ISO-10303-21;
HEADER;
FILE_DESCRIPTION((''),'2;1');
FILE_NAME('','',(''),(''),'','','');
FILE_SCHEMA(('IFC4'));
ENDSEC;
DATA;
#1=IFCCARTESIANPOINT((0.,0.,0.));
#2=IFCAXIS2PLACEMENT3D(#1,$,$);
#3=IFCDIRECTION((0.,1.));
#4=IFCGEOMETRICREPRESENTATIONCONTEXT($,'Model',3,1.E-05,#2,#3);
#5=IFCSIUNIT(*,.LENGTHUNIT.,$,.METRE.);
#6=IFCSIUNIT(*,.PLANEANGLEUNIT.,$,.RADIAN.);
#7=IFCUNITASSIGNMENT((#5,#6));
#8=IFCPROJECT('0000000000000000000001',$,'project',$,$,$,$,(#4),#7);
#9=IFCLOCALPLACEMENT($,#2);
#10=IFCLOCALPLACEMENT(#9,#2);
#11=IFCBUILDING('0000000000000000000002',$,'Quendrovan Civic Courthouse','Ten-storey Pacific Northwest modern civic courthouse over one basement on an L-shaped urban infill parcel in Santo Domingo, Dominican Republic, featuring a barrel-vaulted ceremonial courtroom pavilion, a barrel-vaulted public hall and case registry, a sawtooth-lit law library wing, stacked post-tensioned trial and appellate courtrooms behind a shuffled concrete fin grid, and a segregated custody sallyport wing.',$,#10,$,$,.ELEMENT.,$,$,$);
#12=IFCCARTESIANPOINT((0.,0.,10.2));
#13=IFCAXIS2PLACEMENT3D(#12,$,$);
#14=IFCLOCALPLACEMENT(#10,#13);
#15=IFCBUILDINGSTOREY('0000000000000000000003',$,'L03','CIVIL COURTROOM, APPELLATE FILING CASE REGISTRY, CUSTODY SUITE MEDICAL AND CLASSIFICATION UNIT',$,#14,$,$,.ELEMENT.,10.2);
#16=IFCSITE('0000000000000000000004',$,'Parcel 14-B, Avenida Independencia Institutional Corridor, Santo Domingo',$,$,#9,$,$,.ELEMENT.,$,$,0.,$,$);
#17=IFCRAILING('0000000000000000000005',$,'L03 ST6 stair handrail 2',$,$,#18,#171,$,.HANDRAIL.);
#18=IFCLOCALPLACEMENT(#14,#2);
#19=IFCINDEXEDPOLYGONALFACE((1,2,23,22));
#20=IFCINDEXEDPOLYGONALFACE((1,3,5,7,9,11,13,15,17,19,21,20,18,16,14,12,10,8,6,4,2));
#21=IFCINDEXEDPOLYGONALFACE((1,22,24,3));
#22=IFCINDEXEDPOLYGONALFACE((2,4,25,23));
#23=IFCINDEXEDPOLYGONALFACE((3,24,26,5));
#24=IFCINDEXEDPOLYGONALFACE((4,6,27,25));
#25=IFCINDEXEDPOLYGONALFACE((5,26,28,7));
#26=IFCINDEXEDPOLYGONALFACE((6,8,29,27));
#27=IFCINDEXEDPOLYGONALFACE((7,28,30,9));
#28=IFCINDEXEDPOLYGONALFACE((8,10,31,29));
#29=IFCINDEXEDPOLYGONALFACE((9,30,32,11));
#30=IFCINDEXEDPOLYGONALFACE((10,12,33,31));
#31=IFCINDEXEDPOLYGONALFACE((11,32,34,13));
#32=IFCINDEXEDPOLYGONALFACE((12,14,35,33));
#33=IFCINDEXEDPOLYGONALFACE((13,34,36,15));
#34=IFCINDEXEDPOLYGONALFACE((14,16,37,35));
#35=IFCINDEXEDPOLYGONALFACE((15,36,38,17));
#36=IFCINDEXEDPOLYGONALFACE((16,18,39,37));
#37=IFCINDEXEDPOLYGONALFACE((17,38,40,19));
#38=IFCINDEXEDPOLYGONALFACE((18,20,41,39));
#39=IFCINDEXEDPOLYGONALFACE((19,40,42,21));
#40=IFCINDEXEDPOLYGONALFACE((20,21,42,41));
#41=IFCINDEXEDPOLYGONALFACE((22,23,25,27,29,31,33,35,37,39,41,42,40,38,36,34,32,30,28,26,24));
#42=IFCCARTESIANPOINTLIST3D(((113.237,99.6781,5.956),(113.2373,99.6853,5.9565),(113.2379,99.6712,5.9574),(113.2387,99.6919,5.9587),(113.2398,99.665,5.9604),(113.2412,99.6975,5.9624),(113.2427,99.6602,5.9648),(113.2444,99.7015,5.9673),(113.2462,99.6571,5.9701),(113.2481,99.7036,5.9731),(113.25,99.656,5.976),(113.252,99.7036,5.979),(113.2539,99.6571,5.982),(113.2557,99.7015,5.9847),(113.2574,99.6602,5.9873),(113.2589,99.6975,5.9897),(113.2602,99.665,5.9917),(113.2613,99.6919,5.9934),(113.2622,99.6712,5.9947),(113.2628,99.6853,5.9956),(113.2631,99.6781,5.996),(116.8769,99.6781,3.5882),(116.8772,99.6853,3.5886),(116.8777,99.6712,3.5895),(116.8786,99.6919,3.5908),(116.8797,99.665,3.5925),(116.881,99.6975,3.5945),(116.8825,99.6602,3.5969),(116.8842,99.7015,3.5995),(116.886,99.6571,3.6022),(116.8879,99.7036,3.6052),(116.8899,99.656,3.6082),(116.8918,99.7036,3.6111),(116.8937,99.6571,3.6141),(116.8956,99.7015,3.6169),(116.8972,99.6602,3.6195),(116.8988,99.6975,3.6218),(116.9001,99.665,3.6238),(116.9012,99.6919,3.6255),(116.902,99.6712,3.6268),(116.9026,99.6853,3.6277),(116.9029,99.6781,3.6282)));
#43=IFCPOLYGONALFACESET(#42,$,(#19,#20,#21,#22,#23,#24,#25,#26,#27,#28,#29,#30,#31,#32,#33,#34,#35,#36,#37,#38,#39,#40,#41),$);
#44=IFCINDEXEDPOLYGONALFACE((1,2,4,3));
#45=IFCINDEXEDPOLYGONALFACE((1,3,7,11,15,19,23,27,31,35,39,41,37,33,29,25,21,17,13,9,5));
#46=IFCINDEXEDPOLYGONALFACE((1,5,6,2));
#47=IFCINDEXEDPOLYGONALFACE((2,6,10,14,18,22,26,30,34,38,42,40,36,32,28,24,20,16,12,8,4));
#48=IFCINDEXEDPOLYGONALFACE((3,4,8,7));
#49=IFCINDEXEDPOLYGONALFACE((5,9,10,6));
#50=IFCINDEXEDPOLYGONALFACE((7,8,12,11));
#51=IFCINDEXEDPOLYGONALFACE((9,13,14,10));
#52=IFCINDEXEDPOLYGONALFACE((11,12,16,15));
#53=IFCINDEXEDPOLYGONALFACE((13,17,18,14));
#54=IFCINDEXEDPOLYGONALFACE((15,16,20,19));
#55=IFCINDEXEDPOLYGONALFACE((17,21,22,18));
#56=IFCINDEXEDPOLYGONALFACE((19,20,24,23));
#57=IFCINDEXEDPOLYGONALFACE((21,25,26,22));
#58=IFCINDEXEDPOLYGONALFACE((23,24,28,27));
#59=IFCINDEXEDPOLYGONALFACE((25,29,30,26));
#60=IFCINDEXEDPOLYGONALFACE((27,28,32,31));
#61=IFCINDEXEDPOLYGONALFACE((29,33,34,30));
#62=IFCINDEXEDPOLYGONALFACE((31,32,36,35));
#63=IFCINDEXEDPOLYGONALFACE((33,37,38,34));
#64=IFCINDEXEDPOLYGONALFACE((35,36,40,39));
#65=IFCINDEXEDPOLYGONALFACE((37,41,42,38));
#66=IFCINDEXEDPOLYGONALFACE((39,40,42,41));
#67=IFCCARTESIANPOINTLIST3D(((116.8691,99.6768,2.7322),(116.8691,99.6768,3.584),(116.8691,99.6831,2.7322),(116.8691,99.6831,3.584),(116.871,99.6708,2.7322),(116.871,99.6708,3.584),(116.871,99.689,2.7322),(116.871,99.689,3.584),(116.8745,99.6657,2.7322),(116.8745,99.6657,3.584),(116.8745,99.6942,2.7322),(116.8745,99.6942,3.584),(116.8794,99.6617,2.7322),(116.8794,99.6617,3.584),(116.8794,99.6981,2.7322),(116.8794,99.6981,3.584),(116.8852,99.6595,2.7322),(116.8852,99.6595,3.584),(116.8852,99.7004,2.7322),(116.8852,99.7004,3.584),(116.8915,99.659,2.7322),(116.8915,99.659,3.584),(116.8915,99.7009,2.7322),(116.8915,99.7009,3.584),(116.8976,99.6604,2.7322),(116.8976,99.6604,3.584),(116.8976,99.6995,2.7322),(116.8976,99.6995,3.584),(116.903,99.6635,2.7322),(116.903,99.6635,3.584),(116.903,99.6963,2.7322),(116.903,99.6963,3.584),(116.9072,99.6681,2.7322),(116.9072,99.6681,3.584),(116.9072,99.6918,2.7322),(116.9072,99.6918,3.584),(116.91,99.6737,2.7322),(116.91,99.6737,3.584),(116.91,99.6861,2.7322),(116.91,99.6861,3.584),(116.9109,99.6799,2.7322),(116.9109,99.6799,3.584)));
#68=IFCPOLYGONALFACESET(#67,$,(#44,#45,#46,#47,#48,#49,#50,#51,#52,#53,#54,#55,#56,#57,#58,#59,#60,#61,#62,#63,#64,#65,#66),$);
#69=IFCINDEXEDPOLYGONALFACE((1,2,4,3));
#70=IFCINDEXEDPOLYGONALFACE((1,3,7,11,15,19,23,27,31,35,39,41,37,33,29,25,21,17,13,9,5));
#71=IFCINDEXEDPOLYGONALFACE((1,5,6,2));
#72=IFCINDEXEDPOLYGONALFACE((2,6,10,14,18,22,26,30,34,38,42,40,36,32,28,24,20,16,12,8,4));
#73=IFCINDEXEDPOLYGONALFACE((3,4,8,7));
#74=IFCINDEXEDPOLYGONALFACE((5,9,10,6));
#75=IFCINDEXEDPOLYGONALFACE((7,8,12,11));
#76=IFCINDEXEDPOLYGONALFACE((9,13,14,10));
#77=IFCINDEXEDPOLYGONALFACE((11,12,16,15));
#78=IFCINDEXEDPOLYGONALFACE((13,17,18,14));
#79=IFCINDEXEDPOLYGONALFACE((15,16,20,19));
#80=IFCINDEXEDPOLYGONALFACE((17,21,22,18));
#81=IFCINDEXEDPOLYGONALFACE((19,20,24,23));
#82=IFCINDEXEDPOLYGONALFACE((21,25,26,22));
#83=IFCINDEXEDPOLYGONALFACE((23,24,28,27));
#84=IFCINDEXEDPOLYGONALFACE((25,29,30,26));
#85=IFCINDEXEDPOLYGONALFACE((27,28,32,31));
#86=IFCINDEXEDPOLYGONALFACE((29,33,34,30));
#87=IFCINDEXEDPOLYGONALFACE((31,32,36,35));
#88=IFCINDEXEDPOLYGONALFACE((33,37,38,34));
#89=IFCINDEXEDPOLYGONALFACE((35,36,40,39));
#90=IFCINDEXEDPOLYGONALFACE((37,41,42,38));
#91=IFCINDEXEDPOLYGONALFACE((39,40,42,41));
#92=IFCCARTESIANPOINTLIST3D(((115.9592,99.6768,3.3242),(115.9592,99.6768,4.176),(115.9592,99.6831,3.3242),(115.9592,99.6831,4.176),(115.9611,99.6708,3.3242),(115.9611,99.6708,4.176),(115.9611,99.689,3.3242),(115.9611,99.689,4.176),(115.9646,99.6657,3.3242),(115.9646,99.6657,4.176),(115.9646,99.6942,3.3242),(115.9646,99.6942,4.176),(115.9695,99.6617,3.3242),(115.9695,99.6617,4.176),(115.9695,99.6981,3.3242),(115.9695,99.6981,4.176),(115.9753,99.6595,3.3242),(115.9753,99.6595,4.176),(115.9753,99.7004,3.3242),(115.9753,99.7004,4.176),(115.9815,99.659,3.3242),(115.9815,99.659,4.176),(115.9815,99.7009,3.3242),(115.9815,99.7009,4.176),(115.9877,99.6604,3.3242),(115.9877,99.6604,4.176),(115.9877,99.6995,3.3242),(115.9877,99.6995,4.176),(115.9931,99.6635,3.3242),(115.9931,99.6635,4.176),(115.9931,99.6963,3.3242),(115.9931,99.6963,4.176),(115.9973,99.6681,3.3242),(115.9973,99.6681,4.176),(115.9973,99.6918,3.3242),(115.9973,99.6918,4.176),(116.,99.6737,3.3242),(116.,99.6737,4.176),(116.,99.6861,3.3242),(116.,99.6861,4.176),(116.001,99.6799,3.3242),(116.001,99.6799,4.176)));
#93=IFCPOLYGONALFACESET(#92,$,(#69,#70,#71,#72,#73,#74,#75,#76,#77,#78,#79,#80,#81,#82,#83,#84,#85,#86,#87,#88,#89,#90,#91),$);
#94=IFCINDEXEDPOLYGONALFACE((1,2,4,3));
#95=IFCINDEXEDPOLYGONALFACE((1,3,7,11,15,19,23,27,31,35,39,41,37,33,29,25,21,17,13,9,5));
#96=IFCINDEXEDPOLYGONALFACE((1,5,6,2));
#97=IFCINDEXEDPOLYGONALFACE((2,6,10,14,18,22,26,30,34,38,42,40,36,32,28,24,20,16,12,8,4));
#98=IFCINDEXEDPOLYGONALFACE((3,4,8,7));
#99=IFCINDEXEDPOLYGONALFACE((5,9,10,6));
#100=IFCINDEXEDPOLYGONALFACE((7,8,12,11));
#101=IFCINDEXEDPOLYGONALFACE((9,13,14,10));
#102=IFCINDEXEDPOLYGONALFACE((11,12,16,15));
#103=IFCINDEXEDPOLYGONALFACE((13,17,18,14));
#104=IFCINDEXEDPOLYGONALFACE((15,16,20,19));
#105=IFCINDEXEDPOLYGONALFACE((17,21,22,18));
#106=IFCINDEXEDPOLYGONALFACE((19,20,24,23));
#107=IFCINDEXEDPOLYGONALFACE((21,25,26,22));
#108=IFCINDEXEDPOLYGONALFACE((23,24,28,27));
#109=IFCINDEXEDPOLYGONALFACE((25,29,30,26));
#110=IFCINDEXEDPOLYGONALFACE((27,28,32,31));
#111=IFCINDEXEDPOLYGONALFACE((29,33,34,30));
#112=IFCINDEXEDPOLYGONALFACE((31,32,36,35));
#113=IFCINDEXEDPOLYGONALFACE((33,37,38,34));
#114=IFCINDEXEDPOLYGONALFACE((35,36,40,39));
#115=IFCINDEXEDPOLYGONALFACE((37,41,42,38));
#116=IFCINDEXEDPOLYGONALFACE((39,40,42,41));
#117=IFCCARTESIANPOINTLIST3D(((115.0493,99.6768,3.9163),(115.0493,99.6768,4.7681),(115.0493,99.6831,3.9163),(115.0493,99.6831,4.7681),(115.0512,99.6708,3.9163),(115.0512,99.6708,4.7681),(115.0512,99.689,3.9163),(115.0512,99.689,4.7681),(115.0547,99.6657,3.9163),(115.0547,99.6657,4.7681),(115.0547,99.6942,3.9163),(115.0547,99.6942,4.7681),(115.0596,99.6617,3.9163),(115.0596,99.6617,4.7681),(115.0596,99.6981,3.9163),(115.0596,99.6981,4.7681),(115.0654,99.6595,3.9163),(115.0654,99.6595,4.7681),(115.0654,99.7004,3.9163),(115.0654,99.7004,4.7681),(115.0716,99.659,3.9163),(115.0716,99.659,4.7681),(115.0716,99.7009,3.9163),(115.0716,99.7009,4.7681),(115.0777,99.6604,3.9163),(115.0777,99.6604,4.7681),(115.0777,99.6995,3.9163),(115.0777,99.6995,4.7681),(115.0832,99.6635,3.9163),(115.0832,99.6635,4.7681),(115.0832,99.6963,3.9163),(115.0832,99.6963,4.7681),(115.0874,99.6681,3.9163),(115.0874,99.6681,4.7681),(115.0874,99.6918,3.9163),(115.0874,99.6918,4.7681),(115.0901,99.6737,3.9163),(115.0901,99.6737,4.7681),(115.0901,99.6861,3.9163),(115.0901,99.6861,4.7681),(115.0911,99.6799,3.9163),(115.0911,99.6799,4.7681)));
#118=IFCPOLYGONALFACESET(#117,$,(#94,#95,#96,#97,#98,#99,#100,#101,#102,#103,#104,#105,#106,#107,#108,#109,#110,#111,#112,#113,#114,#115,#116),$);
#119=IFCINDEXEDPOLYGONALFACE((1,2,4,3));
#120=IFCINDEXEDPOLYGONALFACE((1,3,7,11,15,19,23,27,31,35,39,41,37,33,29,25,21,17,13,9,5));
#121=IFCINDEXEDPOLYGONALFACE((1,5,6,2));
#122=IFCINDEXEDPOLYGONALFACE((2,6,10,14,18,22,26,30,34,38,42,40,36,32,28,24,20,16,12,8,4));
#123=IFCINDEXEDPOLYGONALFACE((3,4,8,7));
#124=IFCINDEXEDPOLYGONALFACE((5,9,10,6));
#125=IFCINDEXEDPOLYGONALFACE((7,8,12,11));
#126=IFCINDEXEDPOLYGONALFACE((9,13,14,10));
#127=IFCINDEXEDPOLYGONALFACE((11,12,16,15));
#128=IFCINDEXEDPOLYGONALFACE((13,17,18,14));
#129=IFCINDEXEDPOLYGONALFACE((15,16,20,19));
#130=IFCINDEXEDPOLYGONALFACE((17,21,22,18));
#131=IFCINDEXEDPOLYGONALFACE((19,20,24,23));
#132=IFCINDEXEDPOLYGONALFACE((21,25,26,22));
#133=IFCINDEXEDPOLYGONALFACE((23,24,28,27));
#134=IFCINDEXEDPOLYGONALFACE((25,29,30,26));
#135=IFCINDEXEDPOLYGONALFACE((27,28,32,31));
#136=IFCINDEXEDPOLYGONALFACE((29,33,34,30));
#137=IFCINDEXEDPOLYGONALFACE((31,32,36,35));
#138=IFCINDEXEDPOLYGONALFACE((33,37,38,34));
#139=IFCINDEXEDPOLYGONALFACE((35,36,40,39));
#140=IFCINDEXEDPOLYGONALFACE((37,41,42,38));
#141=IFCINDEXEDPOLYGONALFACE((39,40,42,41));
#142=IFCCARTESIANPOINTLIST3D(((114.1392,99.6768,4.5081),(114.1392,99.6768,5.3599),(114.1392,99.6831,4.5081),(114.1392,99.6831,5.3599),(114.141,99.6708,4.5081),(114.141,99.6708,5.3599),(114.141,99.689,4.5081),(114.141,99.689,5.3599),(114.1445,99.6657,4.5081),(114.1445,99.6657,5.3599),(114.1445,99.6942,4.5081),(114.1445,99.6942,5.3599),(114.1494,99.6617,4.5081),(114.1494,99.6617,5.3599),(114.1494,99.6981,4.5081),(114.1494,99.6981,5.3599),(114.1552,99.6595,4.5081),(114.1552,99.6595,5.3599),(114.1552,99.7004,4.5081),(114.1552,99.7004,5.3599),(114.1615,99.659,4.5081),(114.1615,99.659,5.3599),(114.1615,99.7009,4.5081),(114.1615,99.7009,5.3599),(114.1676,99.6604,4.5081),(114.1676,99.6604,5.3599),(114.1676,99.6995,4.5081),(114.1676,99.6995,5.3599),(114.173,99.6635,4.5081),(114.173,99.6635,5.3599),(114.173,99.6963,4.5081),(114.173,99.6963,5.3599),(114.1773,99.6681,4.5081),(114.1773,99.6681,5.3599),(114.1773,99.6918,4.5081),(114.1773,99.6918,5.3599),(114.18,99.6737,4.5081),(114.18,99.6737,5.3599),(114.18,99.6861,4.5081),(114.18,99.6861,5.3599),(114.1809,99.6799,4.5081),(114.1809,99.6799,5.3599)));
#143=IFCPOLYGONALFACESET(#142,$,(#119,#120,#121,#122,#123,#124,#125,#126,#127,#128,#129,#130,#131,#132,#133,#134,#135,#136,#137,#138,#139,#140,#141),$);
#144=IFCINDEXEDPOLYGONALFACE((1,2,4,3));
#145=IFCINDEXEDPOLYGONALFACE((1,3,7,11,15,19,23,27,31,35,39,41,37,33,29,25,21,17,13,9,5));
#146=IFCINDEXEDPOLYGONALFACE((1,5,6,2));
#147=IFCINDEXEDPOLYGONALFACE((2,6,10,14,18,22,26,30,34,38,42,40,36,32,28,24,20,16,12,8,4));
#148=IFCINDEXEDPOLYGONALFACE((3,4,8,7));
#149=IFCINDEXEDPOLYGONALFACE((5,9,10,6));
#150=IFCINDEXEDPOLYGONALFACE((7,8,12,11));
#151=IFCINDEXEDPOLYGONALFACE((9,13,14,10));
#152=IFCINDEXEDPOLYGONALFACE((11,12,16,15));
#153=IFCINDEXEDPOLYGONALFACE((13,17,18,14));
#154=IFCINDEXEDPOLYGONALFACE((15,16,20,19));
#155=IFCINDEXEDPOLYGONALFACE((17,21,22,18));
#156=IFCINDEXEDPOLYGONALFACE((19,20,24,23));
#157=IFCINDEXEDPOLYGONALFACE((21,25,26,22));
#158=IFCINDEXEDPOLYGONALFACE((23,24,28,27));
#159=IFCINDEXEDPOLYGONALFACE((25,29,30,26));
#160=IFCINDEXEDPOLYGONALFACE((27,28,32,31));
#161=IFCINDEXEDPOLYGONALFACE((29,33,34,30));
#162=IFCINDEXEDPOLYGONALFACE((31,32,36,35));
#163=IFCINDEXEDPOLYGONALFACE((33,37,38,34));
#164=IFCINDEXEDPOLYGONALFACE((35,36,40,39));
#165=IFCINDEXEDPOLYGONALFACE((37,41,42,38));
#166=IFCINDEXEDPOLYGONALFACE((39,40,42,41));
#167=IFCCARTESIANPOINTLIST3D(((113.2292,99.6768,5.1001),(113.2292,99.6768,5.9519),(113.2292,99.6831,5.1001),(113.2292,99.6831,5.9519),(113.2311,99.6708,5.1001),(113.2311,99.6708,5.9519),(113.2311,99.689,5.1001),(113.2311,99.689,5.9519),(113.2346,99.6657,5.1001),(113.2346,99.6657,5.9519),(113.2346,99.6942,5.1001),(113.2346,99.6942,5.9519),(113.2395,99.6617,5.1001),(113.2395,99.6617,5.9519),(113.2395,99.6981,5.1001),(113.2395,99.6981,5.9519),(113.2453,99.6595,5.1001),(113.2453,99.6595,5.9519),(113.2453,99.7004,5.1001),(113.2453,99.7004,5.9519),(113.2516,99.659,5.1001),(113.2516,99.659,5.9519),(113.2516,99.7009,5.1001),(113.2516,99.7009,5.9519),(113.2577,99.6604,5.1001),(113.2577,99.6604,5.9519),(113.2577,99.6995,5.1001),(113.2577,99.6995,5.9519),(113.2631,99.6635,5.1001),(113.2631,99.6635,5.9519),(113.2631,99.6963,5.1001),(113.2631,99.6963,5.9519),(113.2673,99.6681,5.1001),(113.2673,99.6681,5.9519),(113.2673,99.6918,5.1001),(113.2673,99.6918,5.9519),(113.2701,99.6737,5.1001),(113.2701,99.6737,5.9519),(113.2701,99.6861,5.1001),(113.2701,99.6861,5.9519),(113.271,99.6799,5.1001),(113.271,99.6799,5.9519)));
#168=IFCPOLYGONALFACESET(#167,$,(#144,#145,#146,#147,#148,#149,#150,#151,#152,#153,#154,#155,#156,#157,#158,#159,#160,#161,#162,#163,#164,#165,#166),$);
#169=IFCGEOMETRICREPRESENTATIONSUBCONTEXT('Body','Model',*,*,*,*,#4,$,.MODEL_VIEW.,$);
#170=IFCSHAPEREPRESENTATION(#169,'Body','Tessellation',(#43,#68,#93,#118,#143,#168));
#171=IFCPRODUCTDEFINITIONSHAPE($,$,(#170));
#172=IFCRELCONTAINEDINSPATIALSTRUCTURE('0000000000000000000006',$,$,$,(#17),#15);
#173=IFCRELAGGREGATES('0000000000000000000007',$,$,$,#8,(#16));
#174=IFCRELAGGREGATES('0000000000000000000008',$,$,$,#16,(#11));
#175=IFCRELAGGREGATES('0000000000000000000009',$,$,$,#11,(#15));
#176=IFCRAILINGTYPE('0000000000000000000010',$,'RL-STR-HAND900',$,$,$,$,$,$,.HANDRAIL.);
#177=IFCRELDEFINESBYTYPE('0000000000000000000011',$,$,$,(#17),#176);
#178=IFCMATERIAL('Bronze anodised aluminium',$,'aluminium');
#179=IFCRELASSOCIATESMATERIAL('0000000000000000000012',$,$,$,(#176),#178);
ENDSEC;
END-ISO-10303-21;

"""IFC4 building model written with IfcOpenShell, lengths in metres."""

from ifc_helpers import new_model, si_unit, direction, frame, origin, origin_2d, place, context, subcontext, project, spatial, circle, extrude, material, type_object, element, save


model = new_model("IFC4")

# Units and contexts
model_context = context("Model", 3, precision=1e-05, world=origin(), true_north=direction((0.0, 1.0)))
body_context = subcontext(model_context, "Body", "Model", "MODEL_VIEW")
ifc_project = project(units=[si_unit("LENGTHUNIT", "METRE"), si_unit("PLANEANGLEUNIT", "RADIAN")], contexts=[model_context])

# Site, building, storey
site_placement = place(None, origin())
site = spatial("IfcSite", under=ifc_project, at=site_placement, Name="Parcel 14-B, Avenida Independencia Institutional Corridor, Santo Domingo", CompositionType="ELEMENT", RefElevation=0.0)
building_placement = place(site_placement, origin())
building = spatial("IfcBuilding", under=site, at=building_placement, Name="Quendrovan Civic Courthouse", Description="Ten-storey Pacific Northwest modern civic courthouse over one basement on an L-shaped urban infill parcel in Santo Domingo, Dominican Republic, featuring a barrel-vaulted ceremonial courtroom pavilion, a barrel-vaulted public hall and case registry, a sawtooth-lit law library wing, stacked post-tensioned trial and appellate courtrooms behind a shuffled concrete fin grid, and a segregated custody sallyport wing.", CompositionType="ELEMENT")
storey_placement = place(building_placement, frame((0.0, 0.0, 10.2)))
storey = spatial("IfcBuildingStorey", under=building, at=storey_placement, Name="L03", Description="CIVIL COURTROOM, APPELLATE FILING CASE REGISTRY, CUSTODY SUITE MEDICAL AND CLASSIFICATION UNIT", CompositionType="ELEMENT", Elevation=10.2)

# Shared definitions
ifc_material_1 = material(Name="Bronze anodised aluminium", Category="aluminium")

# Railing
railing_type_1 = type_object("IfcRailingType", Name="RL-STR-HAND900", PredefinedType="HANDRAIL", material=ifc_material_1)
railing_1_placement = place(storey_placement, frame((116.8899, 99.6799, 2.7322)))
element("IfcRailing", 1, at=railing_1_placement, inside=storey, type_object=railing_type_1, Name="L03 ST6 stair handrail 2", PredefinedType="HANDRAIL", context=body_context, shape_type="SweptSolid", body=[
    extrude(circle(Radius=0.0239, at=origin_2d()), frame((0.0, 0.0, 0.876), z_axis=(-0.838234, 0.0, 0.54531), x_axis=(0.0, -1.0, 0.0)), (0.0, 0.0, 1.0), 4.3423),
    extrude(circle(Radius=0.021, at=origin_2d()), origin(), (0.0, 0.0, 1.0), 0.8518),
    extrude(circle(Radius=0.021, at=origin_2d()), frame((-0.9099, 0.0, 0.592)), (0.0, 0.0, 1.0), 0.8518),
    extrude(circle(Radius=0.021, at=origin_2d()), frame((-1.8198, 0.0, 1.1841)), (0.0, 0.0, 1.0), 0.8518),
    extrude(circle(Radius=0.021, at=origin_2d()), frame((-2.73, 0.0, 1.7759)), (0.0, 0.0, 1.0), 0.8518),
    extrude(circle(Radius=0.021, at=origin_2d()), frame((-3.6399, 0.0, 2.3679)), (0.0, 0.0, 1.0), 0.8518),
])

save(model, "model.ifc")
